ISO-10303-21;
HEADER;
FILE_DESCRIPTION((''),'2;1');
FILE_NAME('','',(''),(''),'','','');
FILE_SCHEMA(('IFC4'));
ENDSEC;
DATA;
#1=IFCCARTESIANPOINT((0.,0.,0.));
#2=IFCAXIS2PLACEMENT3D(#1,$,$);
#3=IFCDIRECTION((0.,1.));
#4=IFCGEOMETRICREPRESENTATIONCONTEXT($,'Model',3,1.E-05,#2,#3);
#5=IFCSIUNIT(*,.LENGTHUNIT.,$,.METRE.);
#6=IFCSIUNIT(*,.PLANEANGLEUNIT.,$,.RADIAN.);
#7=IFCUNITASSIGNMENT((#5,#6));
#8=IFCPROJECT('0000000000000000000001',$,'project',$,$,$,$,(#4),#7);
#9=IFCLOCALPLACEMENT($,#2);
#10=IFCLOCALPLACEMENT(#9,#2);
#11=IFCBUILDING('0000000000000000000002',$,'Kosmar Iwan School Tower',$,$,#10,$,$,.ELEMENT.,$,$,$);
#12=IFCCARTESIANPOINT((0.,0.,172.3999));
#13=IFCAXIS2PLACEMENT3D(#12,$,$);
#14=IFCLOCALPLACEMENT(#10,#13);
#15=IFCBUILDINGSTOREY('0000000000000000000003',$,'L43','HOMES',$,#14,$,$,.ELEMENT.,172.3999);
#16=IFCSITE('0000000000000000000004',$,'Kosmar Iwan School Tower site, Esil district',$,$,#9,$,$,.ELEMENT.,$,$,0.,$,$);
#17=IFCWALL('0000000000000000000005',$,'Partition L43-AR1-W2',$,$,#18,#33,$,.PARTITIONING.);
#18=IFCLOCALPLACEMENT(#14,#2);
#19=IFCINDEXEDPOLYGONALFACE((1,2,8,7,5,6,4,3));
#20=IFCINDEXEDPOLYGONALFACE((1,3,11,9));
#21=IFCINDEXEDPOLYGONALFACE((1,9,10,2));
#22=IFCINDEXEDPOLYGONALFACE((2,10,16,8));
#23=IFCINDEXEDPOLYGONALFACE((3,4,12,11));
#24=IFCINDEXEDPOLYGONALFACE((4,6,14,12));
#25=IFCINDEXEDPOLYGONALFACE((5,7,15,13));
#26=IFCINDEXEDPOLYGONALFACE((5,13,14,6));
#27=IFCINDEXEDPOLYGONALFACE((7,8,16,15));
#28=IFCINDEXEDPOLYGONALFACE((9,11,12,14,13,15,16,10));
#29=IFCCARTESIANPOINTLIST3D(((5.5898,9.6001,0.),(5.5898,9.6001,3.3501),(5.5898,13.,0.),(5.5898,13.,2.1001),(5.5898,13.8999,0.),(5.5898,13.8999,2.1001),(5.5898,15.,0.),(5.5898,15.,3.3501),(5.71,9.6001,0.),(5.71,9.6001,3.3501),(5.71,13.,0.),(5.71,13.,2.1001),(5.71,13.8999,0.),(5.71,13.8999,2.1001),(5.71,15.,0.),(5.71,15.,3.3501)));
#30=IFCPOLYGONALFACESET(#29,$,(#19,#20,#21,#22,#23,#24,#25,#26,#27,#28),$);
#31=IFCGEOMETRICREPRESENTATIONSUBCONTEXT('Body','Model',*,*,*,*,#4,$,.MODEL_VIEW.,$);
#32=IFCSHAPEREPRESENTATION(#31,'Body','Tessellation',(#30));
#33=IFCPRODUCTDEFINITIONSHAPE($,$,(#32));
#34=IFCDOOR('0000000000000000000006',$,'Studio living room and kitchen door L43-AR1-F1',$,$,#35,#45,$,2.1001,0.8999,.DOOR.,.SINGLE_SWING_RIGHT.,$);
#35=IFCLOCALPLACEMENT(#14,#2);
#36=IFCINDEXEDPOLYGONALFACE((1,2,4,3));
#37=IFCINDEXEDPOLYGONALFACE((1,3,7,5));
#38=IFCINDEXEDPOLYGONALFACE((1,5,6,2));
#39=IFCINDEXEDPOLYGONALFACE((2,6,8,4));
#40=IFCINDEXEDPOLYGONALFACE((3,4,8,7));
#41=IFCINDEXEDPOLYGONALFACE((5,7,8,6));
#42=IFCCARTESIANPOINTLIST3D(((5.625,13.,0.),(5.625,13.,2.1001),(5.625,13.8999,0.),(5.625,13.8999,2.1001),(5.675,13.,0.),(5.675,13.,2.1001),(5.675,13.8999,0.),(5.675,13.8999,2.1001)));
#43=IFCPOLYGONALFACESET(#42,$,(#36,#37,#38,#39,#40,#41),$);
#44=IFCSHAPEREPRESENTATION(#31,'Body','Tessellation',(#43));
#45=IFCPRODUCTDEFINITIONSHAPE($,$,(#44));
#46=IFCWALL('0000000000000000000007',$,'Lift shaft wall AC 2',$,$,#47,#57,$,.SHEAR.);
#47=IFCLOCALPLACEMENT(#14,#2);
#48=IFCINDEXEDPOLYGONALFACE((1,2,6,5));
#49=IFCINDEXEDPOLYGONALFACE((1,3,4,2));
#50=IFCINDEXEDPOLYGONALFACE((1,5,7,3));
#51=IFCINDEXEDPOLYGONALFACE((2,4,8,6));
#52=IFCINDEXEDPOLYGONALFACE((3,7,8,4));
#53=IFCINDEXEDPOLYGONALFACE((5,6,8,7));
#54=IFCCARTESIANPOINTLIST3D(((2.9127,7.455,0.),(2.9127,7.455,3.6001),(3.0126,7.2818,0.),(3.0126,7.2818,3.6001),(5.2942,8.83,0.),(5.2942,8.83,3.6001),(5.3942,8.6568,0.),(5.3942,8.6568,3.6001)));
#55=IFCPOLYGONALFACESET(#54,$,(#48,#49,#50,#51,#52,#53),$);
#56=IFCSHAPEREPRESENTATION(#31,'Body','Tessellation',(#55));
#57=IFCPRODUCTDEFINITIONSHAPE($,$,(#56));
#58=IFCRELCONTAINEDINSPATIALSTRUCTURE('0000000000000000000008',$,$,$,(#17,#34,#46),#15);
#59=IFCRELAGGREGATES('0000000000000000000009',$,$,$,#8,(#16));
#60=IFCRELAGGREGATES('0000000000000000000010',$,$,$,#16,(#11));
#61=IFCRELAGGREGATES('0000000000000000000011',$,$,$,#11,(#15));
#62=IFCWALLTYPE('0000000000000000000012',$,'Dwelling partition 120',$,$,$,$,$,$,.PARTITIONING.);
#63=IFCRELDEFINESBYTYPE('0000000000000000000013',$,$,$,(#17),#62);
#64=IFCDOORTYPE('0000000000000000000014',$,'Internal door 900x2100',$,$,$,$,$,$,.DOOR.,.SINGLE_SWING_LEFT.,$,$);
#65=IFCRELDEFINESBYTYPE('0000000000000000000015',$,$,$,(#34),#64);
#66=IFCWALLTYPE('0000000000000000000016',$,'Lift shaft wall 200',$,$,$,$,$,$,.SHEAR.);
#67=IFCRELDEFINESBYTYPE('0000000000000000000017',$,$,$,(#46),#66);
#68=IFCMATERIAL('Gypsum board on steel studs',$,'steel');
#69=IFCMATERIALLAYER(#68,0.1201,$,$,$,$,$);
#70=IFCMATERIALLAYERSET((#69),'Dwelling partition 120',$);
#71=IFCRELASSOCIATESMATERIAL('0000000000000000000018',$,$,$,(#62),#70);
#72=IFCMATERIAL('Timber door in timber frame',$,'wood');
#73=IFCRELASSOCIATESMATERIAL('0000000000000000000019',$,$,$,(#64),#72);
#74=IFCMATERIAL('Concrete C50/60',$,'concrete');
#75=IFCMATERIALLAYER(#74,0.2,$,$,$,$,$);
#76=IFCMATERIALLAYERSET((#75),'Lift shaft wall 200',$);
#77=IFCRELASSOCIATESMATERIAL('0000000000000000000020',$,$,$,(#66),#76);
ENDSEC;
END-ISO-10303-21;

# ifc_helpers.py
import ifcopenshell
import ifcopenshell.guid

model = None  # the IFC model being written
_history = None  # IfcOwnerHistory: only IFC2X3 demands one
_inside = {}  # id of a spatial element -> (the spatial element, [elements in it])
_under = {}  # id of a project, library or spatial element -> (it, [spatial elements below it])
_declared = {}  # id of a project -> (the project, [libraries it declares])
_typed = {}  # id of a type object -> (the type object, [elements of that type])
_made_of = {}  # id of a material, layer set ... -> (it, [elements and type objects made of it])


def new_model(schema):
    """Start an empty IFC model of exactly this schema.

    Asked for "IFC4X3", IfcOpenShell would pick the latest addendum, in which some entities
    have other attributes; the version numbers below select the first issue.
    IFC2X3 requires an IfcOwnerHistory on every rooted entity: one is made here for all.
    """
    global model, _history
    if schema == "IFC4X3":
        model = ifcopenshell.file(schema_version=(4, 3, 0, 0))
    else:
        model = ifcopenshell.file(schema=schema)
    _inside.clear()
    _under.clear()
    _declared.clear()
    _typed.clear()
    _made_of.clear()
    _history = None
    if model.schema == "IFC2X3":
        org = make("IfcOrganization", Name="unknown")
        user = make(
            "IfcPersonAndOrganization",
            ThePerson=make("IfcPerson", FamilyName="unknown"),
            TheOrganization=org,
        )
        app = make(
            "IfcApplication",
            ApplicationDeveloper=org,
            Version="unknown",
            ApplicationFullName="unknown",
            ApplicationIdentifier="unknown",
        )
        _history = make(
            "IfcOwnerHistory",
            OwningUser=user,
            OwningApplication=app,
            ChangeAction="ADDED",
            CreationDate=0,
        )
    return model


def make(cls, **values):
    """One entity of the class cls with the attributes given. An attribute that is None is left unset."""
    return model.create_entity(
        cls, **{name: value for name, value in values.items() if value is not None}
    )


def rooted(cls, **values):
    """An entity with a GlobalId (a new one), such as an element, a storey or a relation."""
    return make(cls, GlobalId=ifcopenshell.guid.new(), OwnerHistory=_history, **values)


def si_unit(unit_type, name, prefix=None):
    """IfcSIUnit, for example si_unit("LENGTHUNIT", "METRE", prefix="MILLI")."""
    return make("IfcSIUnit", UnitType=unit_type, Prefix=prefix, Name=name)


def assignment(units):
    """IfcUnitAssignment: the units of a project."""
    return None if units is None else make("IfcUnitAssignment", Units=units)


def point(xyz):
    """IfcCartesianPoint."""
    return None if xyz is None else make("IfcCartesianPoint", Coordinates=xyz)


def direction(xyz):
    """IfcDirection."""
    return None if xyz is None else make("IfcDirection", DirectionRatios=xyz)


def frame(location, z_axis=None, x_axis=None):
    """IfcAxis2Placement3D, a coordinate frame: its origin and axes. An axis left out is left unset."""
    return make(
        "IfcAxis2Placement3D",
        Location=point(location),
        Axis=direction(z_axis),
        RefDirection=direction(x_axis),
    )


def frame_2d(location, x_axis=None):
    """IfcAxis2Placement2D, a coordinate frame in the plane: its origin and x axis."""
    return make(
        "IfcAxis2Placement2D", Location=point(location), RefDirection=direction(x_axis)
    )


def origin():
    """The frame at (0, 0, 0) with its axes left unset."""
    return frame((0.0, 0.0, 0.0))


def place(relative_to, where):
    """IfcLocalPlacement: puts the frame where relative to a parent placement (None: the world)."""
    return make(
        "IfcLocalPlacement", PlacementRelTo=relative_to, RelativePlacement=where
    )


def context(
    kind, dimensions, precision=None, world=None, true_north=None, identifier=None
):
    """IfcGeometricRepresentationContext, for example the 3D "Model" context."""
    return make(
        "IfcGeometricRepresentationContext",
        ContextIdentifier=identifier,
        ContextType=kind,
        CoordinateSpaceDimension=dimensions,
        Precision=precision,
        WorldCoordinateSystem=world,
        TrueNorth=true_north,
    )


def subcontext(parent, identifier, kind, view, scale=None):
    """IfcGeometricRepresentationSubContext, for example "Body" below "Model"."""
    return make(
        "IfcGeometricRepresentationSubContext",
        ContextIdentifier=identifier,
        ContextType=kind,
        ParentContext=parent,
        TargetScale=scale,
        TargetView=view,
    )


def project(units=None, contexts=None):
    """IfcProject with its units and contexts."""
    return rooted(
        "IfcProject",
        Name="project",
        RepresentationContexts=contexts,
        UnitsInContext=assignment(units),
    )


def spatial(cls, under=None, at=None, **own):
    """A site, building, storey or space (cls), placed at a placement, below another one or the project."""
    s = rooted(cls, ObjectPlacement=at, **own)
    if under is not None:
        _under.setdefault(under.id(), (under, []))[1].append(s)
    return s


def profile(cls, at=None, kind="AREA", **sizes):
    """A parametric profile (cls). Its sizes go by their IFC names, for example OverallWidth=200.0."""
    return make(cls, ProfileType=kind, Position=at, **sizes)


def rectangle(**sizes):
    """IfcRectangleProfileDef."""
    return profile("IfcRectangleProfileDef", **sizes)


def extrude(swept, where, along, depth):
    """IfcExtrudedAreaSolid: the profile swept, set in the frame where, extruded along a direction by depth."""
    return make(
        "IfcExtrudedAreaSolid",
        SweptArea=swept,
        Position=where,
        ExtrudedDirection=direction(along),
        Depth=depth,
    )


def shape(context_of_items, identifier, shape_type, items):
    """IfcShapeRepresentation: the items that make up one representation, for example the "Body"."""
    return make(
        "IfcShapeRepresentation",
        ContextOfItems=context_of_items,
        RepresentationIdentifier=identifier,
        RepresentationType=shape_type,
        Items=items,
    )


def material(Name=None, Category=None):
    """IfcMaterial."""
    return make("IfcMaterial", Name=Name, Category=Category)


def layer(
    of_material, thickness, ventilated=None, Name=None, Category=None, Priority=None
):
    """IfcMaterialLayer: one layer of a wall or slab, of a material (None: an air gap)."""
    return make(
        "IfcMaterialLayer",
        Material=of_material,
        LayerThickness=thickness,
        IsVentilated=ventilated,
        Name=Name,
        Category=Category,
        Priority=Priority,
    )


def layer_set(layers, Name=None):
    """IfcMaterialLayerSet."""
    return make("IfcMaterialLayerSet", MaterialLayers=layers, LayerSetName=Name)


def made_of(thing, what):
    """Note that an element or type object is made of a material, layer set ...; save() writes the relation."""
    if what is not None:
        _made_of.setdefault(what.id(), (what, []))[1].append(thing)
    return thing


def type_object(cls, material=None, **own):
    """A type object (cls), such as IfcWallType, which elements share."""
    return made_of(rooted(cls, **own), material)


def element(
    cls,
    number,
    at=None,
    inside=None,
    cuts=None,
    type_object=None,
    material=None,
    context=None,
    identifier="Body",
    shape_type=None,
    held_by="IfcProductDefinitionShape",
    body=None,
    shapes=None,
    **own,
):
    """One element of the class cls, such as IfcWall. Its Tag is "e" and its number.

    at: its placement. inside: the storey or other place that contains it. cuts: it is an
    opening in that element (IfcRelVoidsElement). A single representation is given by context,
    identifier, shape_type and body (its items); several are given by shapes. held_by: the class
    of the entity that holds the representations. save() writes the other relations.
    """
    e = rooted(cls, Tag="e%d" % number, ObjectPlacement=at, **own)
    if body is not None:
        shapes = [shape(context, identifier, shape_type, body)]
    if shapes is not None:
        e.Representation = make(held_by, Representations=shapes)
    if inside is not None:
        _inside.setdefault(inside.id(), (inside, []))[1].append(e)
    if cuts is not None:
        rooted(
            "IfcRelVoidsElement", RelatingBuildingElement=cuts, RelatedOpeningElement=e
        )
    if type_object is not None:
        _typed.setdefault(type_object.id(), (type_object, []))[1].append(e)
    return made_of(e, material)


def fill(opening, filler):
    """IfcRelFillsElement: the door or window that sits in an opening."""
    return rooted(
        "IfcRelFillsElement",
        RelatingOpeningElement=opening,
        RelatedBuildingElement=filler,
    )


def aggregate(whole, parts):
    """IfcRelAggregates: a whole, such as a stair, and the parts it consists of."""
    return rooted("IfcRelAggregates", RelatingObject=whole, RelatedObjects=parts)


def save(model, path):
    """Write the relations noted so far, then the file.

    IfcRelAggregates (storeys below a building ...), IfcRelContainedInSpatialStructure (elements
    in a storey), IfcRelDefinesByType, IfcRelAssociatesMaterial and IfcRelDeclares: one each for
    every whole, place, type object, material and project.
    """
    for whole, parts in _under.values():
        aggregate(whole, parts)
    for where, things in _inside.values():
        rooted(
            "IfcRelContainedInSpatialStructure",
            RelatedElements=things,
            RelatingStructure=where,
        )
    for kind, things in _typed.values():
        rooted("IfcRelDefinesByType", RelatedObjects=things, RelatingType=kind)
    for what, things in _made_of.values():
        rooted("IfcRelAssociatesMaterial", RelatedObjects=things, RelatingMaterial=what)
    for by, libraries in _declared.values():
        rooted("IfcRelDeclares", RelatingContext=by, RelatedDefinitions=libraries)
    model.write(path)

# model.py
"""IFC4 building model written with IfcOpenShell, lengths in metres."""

from ifc_helpers import new_model, si_unit, direction, frame, frame_2d, origin, place, context, subcontext, project, spatial, rectangle, extrude, material, layer, layer_set, type_object, element, fill, save


model = new_model("IFC4")

# Units and contexts
model_context = context("Model", 3, precision=1e-05, world=origin(), true_north=direction((0.0, 1.0)))
body_context = subcontext(model_context, "Body", "Model", "MODEL_VIEW")
ifc_project = project(units=[si_unit("LENGTHUNIT", "METRE"), si_unit("PLANEANGLEUNIT", "RADIAN")], contexts=[model_context])

# Site, building, storey
site_placement = place(None, origin())
site = spatial("IfcSite", under=ifc_project, at=site_placement, Name="Kosmar Iwan School Tower site, Esil district", CompositionType="ELEMENT", RefElevation=0.0)
building_placement = place(site_placement, origin())
building = spatial("IfcBuilding", under=site, at=building_placement, Name="Kosmar Iwan School Tower", CompositionType="ELEMENT")
storey_placement = place(building_placement, frame((0.0, 0.0, 172.3999)))
storey = spatial("IfcBuildingStorey", under=building, at=storey_placement, Name="L43", Description="HOMES", CompositionType="ELEMENT", Elevation=172.3999)

# Shared definitions
ifc_material_1 = material(Name="Gypsum board on steel studs", Category="steel")
ifc_layer_1 = layer(ifc_material_1, 0.1201)
ifc_layer_set_1 = layer_set([ifc_layer_1], Name="Dwelling partition 120")
wall_type_1 = type_object("IfcWallType", Name="Dwelling partition 120", PredefinedType="PARTITIONING", material=ifc_layer_set_1)
ifc_material_2 = material(Name="Timber door in timber frame", Category="wood")
door_type_1 = type_object("IfcDoorType", Name="Internal door 900x2100", OperationType="SINGLE_SWING_LEFT", PredefinedType="DOOR", material=ifc_material_2)

# Wall, opening, door
wall_1_placement = place(storey_placement, frame((5.6499, 9.6001, 0.0), z_axis=(0.0, 0.0, 1.0), x_axis=(0.0, 1.0, 0.0)))
wall_1 = element("IfcWall", 1, at=wall_1_placement, inside=storey, type_object=wall_type_1, Name="Partition L43-AR1-W2", PredefinedType="PARTITIONING", context=body_context, shape_type="SweptSolid", body=[
    extrude(rectangle(XDim=5.3999, YDim=0.1201, at=frame_2d((2.7, 0.0))), origin(), (0.0, 0.0, 1.0), 3.3501),
])
opening_1_placement = place(wall_1_placement, frame((3.3999, 0.0, 0.0)))
opening_1 = element("IfcOpeningElement", 2, at=opening_1_placement, cuts=wall_1, PredefinedType="OPENING", context=body_context, shape_type="SweptSolid", body=[
    extrude(rectangle(XDim=0.8999, YDim=2.1001, at=frame_2d((0.45, 1.05))), frame((0.0, 0.072, 0.0), z_axis=(0.0, -1.0, 0.0), x_axis=(1.0, 0.0, 0.0)), (0.0, 0.0, 1.0), 0.144),
])
door_1_placement = place(opening_1_placement, origin())
door_1 = element("IfcDoor", 3, at=door_1_placement, inside=storey, type_object=door_type_1, Name="Studio living room and kitchen door L43-AR1-F1", OperationType="SINGLE_SWING_RIGHT", OverallHeight=2.1001, OverallWidth=0.8999, PredefinedType="DOOR", context=body_context, shape_type="SweptSolid", body=[
    extrude(rectangle(XDim=0.8999, YDim=2.1001, at=frame_2d((0.45, 1.05))), frame((0.0, 0.0249, 0.0), z_axis=(0.0, -1.0, 0.0), x_axis=(1.0, 0.0, 0.0)), (0.0, 0.0, 1.0), 0.05),
])
fill(opening_1, door_1)

# Wall
ifc_material_3 = material(Name="Concrete C50/60", Category="concrete")
ifc_layer_2 = layer(ifc_material_3, 0.2)
ifc_layer_set_2 = layer_set([ifc_layer_2], Name="Lift shaft wall 200")
wall_type_2 = type_object("IfcWallType", Name="Lift shaft wall 200", PredefinedType="SHEAR", material=ifc_layer_set_2)
wall_2_placement = place(storey_placement, frame((2.9626, 7.3684, 0.0), z_axis=(0.0, 0.0, 1.0), x_axis=(0.866027, 0.499997, 0.0)))
element("IfcWall", 4, at=wall_2_placement, inside=storey, type_object=wall_type_2, Name="Lift shaft wall AC 2", PredefinedType="SHEAR", context=body_context, shape_type="SweptSolid", body=[
    extrude(rectangle(XDim=2.75, YDim=0.2, at=frame_2d((1.375, 0.0))), origin(), (0.0, 0.0, 1.0), 3.6001),
])

save(model, "model.ifc")
